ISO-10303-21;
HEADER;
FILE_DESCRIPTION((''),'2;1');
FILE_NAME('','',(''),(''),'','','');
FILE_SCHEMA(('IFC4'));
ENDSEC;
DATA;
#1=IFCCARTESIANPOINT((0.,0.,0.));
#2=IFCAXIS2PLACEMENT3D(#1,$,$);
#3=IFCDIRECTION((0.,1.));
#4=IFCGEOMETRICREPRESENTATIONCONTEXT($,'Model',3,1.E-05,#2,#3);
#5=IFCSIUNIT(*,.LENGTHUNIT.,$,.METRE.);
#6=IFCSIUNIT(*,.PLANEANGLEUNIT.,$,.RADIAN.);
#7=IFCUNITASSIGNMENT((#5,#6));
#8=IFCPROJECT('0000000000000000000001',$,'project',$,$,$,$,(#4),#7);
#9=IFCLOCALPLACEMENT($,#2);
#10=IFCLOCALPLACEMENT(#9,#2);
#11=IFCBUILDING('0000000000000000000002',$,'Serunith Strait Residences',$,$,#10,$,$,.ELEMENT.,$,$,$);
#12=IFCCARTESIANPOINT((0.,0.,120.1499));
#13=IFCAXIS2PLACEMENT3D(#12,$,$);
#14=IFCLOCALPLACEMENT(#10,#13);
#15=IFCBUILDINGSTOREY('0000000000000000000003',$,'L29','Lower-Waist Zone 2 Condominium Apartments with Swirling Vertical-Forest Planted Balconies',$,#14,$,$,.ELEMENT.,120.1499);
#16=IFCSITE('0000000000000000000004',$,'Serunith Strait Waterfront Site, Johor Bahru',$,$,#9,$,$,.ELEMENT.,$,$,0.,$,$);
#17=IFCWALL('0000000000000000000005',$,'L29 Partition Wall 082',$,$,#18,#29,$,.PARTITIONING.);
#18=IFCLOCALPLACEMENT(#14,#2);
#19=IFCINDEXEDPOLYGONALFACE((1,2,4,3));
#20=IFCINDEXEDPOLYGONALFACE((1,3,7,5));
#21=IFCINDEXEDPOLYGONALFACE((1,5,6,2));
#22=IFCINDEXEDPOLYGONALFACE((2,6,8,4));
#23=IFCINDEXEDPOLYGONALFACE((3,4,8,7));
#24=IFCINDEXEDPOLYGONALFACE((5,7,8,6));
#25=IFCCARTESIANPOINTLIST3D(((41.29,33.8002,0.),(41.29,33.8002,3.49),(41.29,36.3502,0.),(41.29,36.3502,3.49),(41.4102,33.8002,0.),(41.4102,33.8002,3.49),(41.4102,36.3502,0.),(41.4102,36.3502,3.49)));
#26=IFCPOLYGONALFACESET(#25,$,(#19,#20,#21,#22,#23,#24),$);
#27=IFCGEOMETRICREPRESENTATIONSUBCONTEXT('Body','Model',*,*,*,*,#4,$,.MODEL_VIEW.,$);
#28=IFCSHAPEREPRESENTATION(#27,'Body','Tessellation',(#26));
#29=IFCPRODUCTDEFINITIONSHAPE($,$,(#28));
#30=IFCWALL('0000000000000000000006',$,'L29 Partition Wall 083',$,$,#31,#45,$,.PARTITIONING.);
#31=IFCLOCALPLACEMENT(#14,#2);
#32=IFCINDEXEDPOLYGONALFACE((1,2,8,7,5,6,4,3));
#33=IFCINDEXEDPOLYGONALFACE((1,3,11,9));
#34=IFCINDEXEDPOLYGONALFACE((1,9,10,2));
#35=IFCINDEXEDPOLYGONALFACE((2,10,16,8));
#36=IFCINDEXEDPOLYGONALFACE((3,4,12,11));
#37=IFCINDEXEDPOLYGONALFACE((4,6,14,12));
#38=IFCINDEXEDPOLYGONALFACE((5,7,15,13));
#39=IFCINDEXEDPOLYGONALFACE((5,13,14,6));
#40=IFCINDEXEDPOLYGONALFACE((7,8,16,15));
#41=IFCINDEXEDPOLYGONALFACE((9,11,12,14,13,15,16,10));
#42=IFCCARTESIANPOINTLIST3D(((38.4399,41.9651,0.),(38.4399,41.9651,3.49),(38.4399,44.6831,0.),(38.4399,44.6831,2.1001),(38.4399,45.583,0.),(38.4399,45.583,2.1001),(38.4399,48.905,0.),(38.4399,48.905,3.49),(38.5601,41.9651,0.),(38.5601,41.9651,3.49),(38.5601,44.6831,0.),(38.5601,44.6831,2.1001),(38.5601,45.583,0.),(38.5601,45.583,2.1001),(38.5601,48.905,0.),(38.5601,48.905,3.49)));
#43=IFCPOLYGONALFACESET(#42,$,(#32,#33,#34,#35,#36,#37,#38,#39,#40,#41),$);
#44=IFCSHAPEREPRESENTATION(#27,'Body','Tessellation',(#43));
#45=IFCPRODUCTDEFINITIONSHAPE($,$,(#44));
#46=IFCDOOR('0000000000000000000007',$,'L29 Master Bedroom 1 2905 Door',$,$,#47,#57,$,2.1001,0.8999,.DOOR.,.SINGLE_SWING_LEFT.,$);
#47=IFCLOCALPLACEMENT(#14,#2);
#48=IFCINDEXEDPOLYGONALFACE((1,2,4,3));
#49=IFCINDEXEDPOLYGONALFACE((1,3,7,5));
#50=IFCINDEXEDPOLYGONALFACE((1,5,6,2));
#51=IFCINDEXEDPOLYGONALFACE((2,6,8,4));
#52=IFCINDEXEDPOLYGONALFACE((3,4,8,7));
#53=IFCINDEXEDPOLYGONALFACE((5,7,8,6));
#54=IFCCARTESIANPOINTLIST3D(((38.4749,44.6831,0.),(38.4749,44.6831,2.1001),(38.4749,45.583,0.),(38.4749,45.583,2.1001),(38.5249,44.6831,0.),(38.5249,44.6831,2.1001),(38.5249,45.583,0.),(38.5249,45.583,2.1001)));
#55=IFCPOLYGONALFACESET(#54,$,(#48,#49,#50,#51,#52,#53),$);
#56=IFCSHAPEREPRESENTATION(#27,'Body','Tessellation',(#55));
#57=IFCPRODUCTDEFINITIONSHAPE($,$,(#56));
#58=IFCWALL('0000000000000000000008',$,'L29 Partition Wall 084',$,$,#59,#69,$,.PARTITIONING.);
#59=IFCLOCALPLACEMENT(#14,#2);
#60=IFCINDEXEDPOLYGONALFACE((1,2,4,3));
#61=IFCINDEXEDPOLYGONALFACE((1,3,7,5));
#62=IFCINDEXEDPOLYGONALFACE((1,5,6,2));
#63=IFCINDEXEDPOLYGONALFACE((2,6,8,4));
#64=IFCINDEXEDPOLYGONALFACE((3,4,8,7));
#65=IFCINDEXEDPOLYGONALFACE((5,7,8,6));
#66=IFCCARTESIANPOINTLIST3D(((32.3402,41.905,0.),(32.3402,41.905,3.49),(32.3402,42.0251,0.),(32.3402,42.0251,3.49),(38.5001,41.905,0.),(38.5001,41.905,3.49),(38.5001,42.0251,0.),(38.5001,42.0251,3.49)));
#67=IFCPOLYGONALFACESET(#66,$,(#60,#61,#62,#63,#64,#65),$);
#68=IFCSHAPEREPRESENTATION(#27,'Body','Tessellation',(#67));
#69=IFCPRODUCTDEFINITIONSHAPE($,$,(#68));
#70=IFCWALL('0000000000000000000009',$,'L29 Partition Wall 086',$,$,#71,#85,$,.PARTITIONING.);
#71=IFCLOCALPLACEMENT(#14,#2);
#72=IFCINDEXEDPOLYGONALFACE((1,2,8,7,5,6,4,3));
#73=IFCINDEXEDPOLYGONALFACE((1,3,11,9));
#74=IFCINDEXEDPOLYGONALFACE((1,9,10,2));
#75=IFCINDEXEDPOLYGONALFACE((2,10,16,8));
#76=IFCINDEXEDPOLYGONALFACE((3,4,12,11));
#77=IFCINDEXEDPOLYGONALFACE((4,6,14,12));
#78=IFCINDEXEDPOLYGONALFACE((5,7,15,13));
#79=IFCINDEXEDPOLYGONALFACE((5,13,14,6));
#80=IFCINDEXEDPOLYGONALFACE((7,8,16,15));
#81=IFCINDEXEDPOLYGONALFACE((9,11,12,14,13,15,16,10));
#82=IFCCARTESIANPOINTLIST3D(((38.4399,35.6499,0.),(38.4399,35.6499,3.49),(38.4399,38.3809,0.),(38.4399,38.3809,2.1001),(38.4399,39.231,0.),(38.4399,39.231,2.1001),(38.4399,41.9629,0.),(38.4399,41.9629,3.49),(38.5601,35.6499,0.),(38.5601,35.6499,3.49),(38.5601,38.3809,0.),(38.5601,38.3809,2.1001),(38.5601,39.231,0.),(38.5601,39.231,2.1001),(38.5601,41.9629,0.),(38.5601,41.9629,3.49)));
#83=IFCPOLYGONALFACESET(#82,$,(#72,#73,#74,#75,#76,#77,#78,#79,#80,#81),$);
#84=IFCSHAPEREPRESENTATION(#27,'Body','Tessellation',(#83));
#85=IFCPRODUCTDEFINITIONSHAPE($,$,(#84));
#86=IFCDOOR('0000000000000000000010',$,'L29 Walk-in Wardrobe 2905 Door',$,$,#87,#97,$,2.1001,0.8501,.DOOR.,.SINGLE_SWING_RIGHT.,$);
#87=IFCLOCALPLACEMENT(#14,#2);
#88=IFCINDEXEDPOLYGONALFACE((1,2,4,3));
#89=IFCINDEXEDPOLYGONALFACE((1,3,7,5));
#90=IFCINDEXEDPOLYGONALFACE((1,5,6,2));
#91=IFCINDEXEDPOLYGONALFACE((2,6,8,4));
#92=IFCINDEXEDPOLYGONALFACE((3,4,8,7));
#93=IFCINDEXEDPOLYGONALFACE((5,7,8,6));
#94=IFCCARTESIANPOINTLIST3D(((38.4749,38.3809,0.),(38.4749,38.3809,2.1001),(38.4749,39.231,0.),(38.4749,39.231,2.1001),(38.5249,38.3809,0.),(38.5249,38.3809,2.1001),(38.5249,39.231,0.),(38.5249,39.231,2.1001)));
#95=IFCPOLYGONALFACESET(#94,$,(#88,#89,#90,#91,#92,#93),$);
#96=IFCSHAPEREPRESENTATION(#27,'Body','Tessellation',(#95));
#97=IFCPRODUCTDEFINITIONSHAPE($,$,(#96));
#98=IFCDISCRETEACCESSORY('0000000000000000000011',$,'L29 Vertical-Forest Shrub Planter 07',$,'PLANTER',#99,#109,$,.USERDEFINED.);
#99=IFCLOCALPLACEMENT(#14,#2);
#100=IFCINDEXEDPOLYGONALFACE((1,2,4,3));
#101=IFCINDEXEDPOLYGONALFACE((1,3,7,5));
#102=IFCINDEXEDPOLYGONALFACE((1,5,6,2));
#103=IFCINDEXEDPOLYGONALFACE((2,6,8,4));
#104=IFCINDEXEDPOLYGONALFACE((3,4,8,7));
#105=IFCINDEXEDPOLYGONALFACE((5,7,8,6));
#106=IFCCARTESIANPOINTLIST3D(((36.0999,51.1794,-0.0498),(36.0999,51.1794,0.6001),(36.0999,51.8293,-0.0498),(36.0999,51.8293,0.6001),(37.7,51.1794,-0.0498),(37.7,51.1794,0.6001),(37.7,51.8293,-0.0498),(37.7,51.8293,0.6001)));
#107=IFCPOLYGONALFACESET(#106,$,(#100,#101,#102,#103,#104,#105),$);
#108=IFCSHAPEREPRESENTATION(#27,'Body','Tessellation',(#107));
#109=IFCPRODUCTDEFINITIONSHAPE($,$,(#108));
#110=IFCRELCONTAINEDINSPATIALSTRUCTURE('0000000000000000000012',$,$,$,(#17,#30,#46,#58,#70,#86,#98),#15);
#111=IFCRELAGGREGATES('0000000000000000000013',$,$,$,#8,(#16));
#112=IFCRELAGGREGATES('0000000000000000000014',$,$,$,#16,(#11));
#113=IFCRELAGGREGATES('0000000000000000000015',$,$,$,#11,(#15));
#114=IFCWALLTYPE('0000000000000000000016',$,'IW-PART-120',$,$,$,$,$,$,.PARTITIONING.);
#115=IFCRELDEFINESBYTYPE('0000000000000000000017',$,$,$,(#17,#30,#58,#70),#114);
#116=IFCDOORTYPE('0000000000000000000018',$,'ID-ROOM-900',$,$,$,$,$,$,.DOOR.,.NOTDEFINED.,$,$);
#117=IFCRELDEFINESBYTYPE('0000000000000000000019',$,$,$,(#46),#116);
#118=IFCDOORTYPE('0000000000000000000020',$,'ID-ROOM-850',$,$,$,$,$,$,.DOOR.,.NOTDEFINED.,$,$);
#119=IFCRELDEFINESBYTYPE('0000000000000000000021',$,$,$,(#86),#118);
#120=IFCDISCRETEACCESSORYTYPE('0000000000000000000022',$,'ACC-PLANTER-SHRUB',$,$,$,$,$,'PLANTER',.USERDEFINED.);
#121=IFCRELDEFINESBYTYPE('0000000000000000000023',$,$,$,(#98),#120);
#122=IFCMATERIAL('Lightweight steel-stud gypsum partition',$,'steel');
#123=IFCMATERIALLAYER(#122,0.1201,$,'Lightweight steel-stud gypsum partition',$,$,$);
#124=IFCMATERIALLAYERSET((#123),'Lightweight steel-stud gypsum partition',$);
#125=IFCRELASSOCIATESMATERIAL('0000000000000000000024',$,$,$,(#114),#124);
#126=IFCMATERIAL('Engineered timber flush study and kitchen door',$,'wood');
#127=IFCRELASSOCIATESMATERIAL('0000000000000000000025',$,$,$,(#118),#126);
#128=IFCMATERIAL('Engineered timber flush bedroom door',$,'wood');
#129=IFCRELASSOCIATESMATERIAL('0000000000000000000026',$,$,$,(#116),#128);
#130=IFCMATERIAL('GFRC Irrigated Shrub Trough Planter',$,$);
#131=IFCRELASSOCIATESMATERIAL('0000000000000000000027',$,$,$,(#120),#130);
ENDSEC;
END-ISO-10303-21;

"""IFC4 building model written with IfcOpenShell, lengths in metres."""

from ifc_helpers import new_model, si_unit, direction, frame, frame_2d, origin, origin_2d, place, context, subcontext, project, spatial, rectangle, extrude, source, transform, mapped, material, layer, layer_set, type_object, element, fill, save


model = new_model("IFC4")

# Units and contexts
model_context = context("Model", 3, precision=1e-05, world=origin(), true_north=direction((0.0, 1.0)))
body_context = subcontext(model_context, "Body", "Model", "MODEL_VIEW")
ifc_project = project(units=[si_unit("LENGTHUNIT", "METRE"), si_unit("PLANEANGLEUNIT", "RADIAN")], contexts=[model_context])

# Site, building, storey
site_placement = place(None, origin())
site = spatial("IfcSite", under=ifc_project, at=site_placement, Name="Serunith Strait Waterfront Site, Johor Bahru", CompositionType="ELEMENT", RefElevation=0.0)
building_placement = place(site_placement, origin())
building = spatial("IfcBuilding", under=site, at=building_placement, Name="Serunith Strait Residences", CompositionType="ELEMENT")
storey_placement = place(building_placement, frame((0.0, 0.0, 120.1499)))
storey = spatial("IfcBuildingStorey", under=building, at=storey_placement, Name="L29", Description="Lower-Waist Zone 2 Condominium Apartments with Swirling Vertical-Forest Planted Balconies", CompositionType="ELEMENT", Elevation=120.1499)

# Shared definitions
ifc_material_1 = material(Name="Lightweight steel-stud gypsum partition", Category="steel")
ifc_layer_1 = layer(ifc_material_1, 0.1201, Name="Lightweight steel-stud gypsum partition")
ifc_layer_set_1 = layer_set([ifc_layer_1], Name="Lightweight steel-stud gypsum partition")
wall_type_1 = type_object("IfcWallType", Name="IW-PART-120", PredefinedType="PARTITIONING", material=ifc_layer_set_1)
ifc_material_2 = material(Name="Engineered timber flush study and kitchen door", Category="wood")
door_type_1 = type_object("IfcDoorType", Name="ID-ROOM-850", OperationType="NOTDEFINED", PredefinedType="DOOR", material=ifc_material_2)
shared_shape_1 = source(origin(), body_context, "Body", "SweptSolid", [
    extrude(rectangle(XDim=0.8501, YDim=2.1001, at=frame_2d((0.425, 1.05))), frame((0.0, 0.0249, 0.0), z_axis=(0.0, -1.0, 0.0), x_axis=(1.0, 0.0, 0.0)), (0.0, 0.0, 1.0), 0.05),
])

# Wall
wall_1_placement = place(storey_placement, frame((41.3501, 36.3501, 0.0), z_axis=(0.0, 0.0, 1.0), x_axis=(0.0, -1.0, 0.0)))
element("IfcWall", 1, at=wall_1_placement, inside=storey, type_object=wall_type_1, Name="L29 Partition Wall 082", PredefinedType="PARTITIONING", context=body_context, shape_type="SweptSolid", body=[
    extrude(rectangle(XDim=2.55, YDim=0.1201, at=frame_2d((1.2749, 0.0))), origin(), (0.0, 0.0, 1.0), 3.49),
])

# Wall, opening, door
wall_2_placement = place(storey_placement, frame((38.5, 48.905, 0.0), z_axis=(0.0, 0.0, 1.0), x_axis=(0.0, -1.0, 0.0)))
wall_2 = element("IfcWall", 2, at=wall_2_placement, inside=storey, type_object=wall_type_1, Name="L29 Partition Wall 083", PredefinedType="PARTITIONING", context=body_context, shape_type="SweptSolid", body=[
    extrude(rectangle(XDim=6.9399, YDim=0.1201, at=frame_2d((3.47, 0.0))), origin(), (0.0, 0.0, 1.0), 3.49),
])
opening_1_placement = place(wall_2_placement, frame((3.322, 0.0, 0.0)))
opening_1 = element("IfcOpeningElement", 3, at=opening_1_placement, cuts=wall_2, PredefinedType="OPENING", context=body_context, shape_type="SweptSolid", body=[
    extrude(rectangle(XDim=0.8999, YDim=2.1001, at=frame_2d((0.45, 1.05))), frame((0.0, 0.0701, 0.0), z_axis=(0.0, -1.0, 0.0), x_axis=(1.0, 0.0, 0.0)), (0.0, 0.0, 1.0), 0.1401),
])
ifc_material_3 = material(Name="Engineered timber flush bedroom door", Category="wood")
door_type_2 = type_object("IfcDoorType", Name="ID-ROOM-900", OperationType="NOTDEFINED", PredefinedType="DOOR", material=ifc_material_3)
shared_shape_2 = source(origin(), body_context, "Body", "SweptSolid", [
    extrude(rectangle(XDim=0.8999, YDim=2.1001, at=frame_2d((0.45, 1.05))), frame((0.0, 0.0249, 0.0), z_axis=(0.0, -1.0, 0.0), x_axis=(1.0, 0.0, 0.0)), (0.0, 0.0, 1.0), 0.05),
])
door_1_placement = place(opening_1_placement, origin())
door_1 = element("IfcDoor", 4, at=door_1_placement, inside=storey, type_object=door_type_2, Name="L29 Master Bedroom 1 2905 Door", OperationType="SINGLE_SWING_LEFT", OverallHeight=2.1001, OverallWidth=0.8999, PredefinedType="DOOR", context=body_context, shape_type="MappedRepresentation", body=[
    mapped(shared_shape_2, transform((0.0, 0.0, 0.0), scale=1.0)),
])
fill(opening_1, door_1)

# Wall
wall_3_placement = place(storey_placement, frame((32.3401, 41.9651, 0.0), z_axis=(0.0, 0.0, 1.0), x_axis=(1.0, 0.0, 0.0)))
element("IfcWall", 5, at=wall_3_placement, inside=storey, type_object=wall_type_1, Name="L29 Partition Wall 084", PredefinedType="PARTITIONING", context=body_context, shape_type="SweptSolid", body=[
    extrude(rectangle(XDim=6.1599, YDim=0.1201, at=frame_2d((3.0801, 0.0))), origin(), (0.0, 0.0, 1.0), 3.49),
])

# Wall, opening, door
wall_4_placement = place(storey_placement, frame((38.5, 41.9629, 0.0), z_axis=(0.0, 0.0, 1.0), x_axis=(0.0, -1.0, 0.0)))
wall_4 = element("IfcWall", 6, at=wall_4_placement, inside=storey, type_object=wall_type_1, Name="L29 Partition Wall 086", PredefinedType="PARTITIONING", context=body_context, shape_type="SweptSolid", body=[
    extrude(rectangle(XDim=6.313, YDim=0.1201, at=frame_2d((3.1565, 0.0))), origin(), (0.0, 0.0, 1.0), 3.49),
])
opening_2_placement = place(wall_4_placement, frame((2.7319, 0.0, 0.0)))
opening_2 = element("IfcOpeningElement", 7, at=opening_2_placement, cuts=wall_4, PredefinedType="OPENING", context=body_context, shape_type="SweptSolid", body=[
    extrude(rectangle(XDim=0.8501, YDim=2.1001, at=frame_2d((0.425, 1.05))), frame((0.0, 0.0701, 0.0), z_axis=(0.0, -1.0, 0.0), x_axis=(1.0, 0.0, 0.0)), (0.0, 0.0, 1.0), 0.1401),
])
door_2_placement = place(opening_2_placement, origin())
door_2 = element("IfcDoor", 8, at=door_2_placement, inside=storey, type_object=door_type_1, Name="L29 Walk-in Wardrobe 2905 Door", OperationType="SINGLE_SWING_RIGHT", OverallHeight=2.1001, OverallWidth=0.8501, PredefinedType="DOOR", context=body_context, shape_type="MappedRepresentation", body=[
    mapped(shared_shape_1, transform((0.0, 0.0, 0.0), scale=1.0)),
])
fill(opening_2, door_2)

# Discrete accessory
ifc_material_4 = material(Name="GFRC Irrigated Shrub Trough Planter")
discrete_accessory_type = type_object("IfcDiscreteAccessoryType", Name="ACC-PLANTER-SHRUB", ElementType="PLANTER", PredefinedType="USERDEFINED", material=ifc_material_4)
shared_shape_3 = source(origin(), body_context, "Body", "SweptSolid", [
    extrude(rectangle(XDim=1.6001, YDim=0.6499, at=origin_2d()), origin(), (0.0, 0.0, 1.0), 0.6499),
])
discrete_accessory_placement = place(storey_placement, frame((36.8999, 51.5044, -0.0498), z_axis=(0.0, 0.0, 1.0), x_axis=(-1.0, 0.0, 0.0)))
element("IfcDiscreteAccessory", 9, at=discrete_accessory_placement, inside=storey, type_object=discrete_accessory_type, Name="L29 Vertical-Forest Shrub Planter 07", ObjectType="PLANTER", PredefinedType="USERDEFINED", context=body_context, shape_type="MappedRepresentation", body=[
    mapped(shared_shape_3, transform((0.0, 0.0, 0.0), scale=1.0)),
])

save(model, "model.ifc")
